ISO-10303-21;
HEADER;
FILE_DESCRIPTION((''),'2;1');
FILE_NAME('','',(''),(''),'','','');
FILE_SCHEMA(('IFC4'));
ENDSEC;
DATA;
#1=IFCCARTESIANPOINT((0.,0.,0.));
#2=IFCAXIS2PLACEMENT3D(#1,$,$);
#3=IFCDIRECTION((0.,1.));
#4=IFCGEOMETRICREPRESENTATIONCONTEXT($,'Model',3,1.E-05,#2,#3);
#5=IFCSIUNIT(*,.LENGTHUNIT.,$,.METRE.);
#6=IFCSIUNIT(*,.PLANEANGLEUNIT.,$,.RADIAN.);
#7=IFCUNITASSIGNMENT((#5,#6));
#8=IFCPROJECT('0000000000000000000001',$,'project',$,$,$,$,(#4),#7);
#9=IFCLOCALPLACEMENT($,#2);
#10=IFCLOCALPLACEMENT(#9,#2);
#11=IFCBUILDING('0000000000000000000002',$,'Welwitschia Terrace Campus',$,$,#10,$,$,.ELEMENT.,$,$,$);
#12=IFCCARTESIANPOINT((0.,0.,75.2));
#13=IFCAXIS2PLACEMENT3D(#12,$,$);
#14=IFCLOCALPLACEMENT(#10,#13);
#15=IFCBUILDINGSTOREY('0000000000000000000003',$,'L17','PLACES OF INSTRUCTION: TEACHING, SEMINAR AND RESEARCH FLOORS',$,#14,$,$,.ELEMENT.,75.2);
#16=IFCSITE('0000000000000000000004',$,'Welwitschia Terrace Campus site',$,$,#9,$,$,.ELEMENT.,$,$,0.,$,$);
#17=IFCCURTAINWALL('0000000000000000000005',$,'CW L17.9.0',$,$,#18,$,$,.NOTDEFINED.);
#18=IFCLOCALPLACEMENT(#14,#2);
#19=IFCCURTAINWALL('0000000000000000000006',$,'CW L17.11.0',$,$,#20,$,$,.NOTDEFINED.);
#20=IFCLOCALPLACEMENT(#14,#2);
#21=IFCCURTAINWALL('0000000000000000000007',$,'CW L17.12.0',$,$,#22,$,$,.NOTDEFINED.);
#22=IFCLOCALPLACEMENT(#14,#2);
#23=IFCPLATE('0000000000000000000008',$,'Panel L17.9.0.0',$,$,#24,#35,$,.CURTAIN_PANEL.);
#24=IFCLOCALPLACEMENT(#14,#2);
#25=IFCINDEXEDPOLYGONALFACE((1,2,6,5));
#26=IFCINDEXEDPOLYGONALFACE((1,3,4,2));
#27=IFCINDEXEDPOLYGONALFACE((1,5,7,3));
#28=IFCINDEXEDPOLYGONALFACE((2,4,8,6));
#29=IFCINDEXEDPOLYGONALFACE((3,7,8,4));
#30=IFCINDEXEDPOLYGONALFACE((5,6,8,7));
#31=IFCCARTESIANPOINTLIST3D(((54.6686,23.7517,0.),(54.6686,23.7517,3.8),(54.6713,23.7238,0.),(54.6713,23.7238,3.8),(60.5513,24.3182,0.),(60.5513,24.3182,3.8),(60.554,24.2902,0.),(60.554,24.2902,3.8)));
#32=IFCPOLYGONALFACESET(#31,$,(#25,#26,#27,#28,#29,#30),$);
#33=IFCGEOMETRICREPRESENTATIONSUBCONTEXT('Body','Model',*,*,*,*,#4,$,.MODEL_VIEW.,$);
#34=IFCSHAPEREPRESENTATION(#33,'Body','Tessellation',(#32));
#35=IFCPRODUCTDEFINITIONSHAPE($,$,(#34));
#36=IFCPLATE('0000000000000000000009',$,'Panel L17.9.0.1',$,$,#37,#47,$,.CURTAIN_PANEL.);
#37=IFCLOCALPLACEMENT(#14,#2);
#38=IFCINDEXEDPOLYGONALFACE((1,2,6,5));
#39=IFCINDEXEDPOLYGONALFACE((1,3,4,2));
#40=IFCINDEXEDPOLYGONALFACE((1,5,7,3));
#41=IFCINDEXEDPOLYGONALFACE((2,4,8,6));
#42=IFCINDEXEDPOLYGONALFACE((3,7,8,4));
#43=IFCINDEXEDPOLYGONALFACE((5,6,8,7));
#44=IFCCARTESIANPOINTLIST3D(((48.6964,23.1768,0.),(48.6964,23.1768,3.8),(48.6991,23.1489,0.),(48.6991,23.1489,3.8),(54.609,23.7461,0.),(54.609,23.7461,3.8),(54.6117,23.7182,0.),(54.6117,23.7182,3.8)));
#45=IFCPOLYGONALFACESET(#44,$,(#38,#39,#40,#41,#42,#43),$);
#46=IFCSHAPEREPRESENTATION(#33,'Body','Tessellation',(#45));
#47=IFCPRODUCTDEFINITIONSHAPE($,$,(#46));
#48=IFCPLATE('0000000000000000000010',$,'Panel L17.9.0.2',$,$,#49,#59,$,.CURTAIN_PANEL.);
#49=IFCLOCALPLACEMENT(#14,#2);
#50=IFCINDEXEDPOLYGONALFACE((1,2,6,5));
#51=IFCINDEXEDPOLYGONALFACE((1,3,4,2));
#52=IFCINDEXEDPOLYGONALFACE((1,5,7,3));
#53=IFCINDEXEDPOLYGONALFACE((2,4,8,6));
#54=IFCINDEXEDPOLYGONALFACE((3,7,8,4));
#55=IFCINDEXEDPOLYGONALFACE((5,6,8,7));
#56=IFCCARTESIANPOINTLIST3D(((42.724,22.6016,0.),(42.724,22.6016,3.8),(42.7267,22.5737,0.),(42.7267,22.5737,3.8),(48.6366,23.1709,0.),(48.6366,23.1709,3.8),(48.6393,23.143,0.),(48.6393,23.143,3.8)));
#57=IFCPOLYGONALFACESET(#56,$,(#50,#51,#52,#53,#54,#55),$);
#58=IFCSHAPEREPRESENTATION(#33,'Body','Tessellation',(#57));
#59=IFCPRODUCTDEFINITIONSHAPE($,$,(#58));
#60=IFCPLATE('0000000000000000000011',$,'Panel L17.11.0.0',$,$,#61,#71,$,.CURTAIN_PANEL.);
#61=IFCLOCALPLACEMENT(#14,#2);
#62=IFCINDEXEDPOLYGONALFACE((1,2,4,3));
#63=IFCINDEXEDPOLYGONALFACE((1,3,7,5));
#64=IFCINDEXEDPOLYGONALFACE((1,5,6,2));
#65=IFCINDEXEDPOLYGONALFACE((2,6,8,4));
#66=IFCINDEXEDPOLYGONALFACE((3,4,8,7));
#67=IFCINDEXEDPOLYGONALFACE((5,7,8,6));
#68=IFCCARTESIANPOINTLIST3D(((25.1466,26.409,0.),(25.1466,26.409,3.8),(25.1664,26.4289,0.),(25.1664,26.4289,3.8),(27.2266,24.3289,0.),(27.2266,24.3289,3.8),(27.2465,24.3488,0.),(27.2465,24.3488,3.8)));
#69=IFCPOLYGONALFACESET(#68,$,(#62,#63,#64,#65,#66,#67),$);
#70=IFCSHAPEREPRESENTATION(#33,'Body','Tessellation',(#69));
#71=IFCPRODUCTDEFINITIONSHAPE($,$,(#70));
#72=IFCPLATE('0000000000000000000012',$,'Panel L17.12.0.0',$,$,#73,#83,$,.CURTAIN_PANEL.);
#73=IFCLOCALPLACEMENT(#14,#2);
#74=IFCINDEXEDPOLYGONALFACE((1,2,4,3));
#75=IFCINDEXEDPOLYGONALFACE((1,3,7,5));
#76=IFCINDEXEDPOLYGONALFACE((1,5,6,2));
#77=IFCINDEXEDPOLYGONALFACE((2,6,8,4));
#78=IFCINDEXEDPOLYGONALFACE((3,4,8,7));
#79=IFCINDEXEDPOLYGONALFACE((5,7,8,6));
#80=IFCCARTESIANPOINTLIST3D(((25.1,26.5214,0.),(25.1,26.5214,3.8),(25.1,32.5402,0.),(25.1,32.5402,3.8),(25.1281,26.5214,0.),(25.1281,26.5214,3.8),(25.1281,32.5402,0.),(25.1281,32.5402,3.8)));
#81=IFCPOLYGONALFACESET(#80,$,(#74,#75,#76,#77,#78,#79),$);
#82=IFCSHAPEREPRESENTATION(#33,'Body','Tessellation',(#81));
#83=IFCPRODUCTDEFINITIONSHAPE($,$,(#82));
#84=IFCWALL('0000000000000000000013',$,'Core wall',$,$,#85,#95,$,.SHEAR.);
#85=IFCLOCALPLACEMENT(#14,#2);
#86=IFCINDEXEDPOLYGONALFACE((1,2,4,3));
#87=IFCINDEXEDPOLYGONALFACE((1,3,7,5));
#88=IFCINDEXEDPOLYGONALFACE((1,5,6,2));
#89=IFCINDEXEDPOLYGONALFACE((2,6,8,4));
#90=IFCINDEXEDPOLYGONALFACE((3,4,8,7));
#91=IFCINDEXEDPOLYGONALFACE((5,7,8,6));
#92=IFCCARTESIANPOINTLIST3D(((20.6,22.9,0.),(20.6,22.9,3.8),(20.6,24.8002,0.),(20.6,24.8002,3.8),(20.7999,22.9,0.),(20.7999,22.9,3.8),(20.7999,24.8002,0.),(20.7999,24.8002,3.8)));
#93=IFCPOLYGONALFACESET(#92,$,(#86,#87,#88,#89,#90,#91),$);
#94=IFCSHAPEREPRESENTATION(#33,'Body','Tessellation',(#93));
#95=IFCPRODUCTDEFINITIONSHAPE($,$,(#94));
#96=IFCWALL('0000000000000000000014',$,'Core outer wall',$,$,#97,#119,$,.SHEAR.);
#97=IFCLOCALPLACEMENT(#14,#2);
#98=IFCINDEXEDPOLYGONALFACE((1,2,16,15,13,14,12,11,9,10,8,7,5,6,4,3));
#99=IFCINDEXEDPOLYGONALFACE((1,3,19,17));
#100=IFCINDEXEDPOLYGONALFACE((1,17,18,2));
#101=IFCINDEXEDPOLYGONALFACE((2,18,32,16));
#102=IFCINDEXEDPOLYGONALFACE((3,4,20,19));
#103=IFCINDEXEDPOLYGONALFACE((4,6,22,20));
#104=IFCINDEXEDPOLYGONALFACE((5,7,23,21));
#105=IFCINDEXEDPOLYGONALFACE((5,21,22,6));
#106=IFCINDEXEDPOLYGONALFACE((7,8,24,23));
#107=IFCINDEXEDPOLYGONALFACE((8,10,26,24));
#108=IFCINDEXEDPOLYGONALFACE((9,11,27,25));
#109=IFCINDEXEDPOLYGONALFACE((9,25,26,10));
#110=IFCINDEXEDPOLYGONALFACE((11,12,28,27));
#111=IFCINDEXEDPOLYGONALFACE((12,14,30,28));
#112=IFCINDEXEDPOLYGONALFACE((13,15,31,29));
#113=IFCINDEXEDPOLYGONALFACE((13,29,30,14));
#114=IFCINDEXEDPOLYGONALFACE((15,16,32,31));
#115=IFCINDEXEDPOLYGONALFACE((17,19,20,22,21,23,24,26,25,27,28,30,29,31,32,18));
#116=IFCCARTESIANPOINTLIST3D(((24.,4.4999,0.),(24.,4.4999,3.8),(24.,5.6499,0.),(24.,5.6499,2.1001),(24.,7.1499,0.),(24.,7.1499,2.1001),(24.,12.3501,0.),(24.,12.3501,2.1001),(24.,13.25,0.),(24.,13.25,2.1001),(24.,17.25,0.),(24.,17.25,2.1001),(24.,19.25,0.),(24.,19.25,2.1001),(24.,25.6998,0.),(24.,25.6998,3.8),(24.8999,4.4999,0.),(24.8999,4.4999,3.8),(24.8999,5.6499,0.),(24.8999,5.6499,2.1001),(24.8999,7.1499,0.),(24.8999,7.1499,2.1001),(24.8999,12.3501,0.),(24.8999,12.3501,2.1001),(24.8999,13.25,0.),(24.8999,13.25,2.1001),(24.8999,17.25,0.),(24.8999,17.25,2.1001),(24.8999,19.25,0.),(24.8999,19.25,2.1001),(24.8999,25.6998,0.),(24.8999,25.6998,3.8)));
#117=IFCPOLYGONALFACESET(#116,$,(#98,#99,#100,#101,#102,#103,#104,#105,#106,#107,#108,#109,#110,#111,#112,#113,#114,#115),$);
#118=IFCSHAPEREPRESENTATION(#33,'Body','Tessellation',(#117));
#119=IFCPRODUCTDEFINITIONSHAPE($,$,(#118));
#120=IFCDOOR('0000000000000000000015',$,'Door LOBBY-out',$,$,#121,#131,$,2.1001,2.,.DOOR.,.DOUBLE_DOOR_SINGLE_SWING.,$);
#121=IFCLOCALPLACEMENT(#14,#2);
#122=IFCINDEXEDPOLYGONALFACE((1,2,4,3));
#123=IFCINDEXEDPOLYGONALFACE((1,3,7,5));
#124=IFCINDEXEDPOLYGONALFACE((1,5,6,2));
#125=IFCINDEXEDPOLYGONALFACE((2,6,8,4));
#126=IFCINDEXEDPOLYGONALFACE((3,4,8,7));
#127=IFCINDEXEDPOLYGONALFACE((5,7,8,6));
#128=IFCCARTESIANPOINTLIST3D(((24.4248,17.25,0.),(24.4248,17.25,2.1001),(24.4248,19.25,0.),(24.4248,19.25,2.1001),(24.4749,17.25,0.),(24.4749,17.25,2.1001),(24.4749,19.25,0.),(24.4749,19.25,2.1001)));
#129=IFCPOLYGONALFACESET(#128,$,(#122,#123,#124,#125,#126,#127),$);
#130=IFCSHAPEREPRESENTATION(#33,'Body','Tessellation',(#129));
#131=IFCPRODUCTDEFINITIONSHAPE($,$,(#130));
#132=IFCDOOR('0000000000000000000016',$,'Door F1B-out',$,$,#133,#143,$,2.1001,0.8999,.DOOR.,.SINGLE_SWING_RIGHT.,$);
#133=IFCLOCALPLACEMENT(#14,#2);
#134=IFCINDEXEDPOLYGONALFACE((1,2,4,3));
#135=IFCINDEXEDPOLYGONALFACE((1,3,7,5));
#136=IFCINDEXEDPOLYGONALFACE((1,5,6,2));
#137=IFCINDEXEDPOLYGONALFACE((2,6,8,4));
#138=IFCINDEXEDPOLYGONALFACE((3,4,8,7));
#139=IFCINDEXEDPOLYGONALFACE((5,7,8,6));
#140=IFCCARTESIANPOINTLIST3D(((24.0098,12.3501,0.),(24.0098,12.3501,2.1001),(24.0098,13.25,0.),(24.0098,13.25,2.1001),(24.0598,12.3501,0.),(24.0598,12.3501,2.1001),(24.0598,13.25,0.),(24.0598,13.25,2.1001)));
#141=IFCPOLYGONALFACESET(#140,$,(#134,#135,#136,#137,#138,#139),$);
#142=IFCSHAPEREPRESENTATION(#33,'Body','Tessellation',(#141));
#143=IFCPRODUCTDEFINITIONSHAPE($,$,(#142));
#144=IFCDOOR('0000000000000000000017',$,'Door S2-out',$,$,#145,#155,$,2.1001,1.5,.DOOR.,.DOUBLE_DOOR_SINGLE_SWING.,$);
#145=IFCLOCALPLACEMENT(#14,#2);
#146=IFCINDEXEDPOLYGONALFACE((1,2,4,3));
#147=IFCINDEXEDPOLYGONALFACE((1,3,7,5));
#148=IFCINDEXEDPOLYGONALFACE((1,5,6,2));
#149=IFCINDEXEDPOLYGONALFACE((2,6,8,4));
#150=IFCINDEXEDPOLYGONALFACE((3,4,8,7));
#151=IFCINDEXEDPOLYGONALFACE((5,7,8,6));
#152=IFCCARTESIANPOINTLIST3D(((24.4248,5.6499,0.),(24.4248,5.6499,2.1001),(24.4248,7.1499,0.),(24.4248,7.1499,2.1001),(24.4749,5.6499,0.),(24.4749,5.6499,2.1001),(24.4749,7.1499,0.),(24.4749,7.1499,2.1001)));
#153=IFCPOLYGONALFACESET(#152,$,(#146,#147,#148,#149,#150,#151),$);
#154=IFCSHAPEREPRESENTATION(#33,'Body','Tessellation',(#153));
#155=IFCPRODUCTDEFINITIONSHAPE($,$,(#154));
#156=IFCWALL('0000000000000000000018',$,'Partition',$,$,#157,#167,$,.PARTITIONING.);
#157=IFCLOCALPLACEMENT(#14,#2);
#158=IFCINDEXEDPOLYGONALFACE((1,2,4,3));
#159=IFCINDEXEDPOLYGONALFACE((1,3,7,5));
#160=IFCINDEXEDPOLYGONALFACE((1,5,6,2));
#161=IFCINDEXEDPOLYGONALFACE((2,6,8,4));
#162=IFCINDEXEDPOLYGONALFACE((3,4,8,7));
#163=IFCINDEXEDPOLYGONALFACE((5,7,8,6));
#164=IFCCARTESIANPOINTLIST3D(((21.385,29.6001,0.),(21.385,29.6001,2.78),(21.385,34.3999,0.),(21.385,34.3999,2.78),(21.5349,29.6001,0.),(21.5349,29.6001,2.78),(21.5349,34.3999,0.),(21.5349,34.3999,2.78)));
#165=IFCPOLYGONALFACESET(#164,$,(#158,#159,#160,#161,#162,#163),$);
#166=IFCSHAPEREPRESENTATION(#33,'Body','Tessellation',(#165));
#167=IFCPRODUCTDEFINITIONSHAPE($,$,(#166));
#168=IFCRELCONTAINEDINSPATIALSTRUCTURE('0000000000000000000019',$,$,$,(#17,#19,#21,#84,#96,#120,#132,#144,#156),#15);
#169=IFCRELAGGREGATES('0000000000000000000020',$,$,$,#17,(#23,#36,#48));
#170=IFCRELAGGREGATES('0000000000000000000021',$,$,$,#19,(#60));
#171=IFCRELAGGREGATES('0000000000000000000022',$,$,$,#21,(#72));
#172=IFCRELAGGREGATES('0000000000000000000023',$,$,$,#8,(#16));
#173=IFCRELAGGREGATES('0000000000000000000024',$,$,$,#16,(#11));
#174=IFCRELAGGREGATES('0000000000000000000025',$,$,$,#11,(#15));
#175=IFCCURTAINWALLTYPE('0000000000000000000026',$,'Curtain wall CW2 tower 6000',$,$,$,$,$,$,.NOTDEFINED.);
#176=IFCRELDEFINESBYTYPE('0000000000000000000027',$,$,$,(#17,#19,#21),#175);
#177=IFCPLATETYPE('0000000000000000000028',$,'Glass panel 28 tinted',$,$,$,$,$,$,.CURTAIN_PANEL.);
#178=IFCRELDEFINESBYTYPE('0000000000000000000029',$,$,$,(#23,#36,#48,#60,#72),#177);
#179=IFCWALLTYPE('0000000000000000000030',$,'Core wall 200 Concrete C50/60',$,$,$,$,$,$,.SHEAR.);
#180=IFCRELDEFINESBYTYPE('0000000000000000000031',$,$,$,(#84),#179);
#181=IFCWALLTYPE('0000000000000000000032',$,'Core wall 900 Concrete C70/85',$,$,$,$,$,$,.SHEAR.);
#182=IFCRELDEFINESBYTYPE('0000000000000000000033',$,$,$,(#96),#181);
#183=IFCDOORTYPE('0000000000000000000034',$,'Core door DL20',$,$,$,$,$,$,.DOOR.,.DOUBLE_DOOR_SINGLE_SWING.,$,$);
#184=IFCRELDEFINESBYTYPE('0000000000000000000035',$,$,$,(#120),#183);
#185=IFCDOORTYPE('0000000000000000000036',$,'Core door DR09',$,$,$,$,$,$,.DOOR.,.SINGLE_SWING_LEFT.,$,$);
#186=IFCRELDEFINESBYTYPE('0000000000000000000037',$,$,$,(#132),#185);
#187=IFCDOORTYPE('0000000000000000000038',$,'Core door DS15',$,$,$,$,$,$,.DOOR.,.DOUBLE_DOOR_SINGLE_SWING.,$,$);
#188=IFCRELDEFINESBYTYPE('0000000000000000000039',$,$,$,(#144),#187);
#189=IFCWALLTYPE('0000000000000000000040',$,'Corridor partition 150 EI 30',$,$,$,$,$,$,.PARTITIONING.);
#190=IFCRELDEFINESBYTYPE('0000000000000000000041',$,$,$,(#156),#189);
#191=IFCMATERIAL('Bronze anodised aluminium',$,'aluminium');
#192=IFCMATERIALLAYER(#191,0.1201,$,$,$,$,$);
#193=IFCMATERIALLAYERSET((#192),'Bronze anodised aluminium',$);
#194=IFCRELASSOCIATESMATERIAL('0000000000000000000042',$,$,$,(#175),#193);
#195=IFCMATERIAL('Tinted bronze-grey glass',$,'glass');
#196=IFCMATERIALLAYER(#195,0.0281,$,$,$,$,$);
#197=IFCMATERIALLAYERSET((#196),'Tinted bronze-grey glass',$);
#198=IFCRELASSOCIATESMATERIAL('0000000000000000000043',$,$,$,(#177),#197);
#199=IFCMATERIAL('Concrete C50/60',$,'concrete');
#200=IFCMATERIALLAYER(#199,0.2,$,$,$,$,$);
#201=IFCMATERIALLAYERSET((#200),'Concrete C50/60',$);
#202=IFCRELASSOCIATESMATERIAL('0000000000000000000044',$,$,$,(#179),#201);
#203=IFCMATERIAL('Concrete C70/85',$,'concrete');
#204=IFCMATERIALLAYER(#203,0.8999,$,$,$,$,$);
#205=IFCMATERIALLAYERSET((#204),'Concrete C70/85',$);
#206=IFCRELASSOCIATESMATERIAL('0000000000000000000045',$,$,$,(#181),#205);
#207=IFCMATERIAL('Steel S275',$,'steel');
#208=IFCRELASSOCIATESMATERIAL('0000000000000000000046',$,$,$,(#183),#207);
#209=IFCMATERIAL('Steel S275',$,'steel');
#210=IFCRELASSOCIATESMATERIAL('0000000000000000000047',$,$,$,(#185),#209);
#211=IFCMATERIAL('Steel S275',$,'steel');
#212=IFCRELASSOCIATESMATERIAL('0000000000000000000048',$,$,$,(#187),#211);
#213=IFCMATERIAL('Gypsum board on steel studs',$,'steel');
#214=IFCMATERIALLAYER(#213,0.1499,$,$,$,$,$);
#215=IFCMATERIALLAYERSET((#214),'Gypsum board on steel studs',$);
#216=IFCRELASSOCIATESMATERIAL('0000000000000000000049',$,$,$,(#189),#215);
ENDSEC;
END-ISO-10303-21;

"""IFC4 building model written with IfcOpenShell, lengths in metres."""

from ifc_helpers import new_model, si_unit, direction, frame, frame_2d, origin, origin_2d, place, context, subcontext, project, spatial, rectangle, extrude, material, layer, layer_set, type_object, element, fill, aggregate, save


model = new_model("IFC4")

# Units and contexts
model_context = context("Model", 3, precision=1e-05, world=origin(), true_north=direction((0.0, 1.0)))
body_context = subcontext(model_context, "Body", "Model", "MODEL_VIEW")
ifc_project = project(units=[si_unit("LENGTHUNIT", "METRE"), si_unit("PLANEANGLEUNIT", "RADIAN")], contexts=[model_context])

# Site, building, storey
site_placement = place(None, origin())
site = spatial("IfcSite", under=ifc_project, at=site_placement, Name="Welwitschia Terrace Campus site", CompositionType="ELEMENT", RefElevation=0.0)
building_placement = place(site_placement, origin())
building = spatial("IfcBuilding", under=site, at=building_placement, Name="Welwitschia Terrace Campus", CompositionType="ELEMENT")
storey_placement = place(building_placement, frame((0.0, 0.0, 75.2)))
storey = spatial("IfcBuildingStorey", under=building, at=storey_placement, Name="L17", Description="PLACES OF INSTRUCTION: TEACHING, SEMINAR AND RESEARCH FLOORS", CompositionType="ELEMENT", Elevation=75.2)

# Shared definitions
ifc_material_1 = material(Name="Bronze anodised aluminium", Category="aluminium")
ifc_layer_1 = layer(ifc_material_1, 0.1201)
ifc_layer_set_1 = layer_set([ifc_layer_1], Name="Bronze anodised aluminium")
curtain_wall_type = type_object("IfcCurtainWallType", Name="Curtain wall CW2 tower 6000", PredefinedType="NOTDEFINED", material=ifc_layer_set_1)

# Curtain wall
curtain_wall_1_placement = place(storey_placement, origin())
curtain_wall_1 = element("IfcCurtainWall", 1, at=curtain_wall_1_placement, inside=storey, type_object=curtain_wall_type, Name="CW L17.9.0", PredefinedType="NOTDEFINED")

# Curtain wall
curtain_wall_2_placement = place(storey_placement, origin())
curtain_wall_2 = element("IfcCurtainWall", 2, at=curtain_wall_2_placement, inside=storey, type_object=curtain_wall_type, Name="CW L17.11.0", PredefinedType="NOTDEFINED")

# Curtain wall
curtain_wall_3_placement = place(storey_placement, origin())
curtain_wall_3 = element("IfcCurtainWall", 3, at=curtain_wall_3_placement, inside=storey, type_object=curtain_wall_type, Name="CW L17.12.0", PredefinedType="NOTDEFINED")

# Plates
ifc_material_2 = material(Name="Tinted bronze-grey glass", Category="glass")
ifc_layer_2 = layer(ifc_material_2, 0.0281)
ifc_layer_set_2 = layer_set([ifc_layer_2], Name="Tinted bronze-grey glass")
plate_type = type_object("IfcPlateType", Name="Glass panel 28 tinted", PredefinedType="CURTAIN_PANEL", material=ifc_layer_set_2)
plate_1_placement = place(storey_placement, frame((57.6113, 24.021, 0.0), z_axis=(0.0, 0.0, 1.0), x_axis=(-0.995396, -0.095846, 0.0)))
plate_1 = element("IfcPlate", 4, at=plate_1_placement, type_object=plate_type, Name="Panel L17.9.0.0", PredefinedType="CURTAIN_PANEL", context=body_context, shape_type="SweptSolid", body=[
    extrude(rectangle(XDim=5.9099, YDim=0.0281, at=origin_2d()), origin(), (0.0, 0.0, 1.0), 3.8),
])
plate_2_placement = place(storey_placement, frame((51.6541, 23.4475, 0.0), z_axis=(0.0, 0.0, 1.0), x_axis=(-0.995396, -0.095846, 0.0)))
plate_2 = element("IfcPlate", 5, at=plate_2_placement, type_object=plate_type, Name="Panel L17.9.0.1", PredefinedType="CURTAIN_PANEL", context=body_context, shape_type="SweptSolid", body=[
    extrude(rectangle(XDim=5.9399, YDim=0.0281, at=origin_2d()), origin(), (0.0, 0.0, 1.0), 3.8),
])
plate_3_placement = place(storey_placement, frame((45.6816, 22.8723, 0.0), z_axis=(0.0, 0.0, 1.0), x_axis=(-0.995396, -0.095846, 0.0)))
plate_3 = element("IfcPlate", 6, at=plate_3_placement, type_object=plate_type, Name="Panel L17.9.0.2", PredefinedType="CURTAIN_PANEL", context=body_context, shape_type="SweptSolid", body=[
    extrude(rectangle(XDim=5.9399, YDim=0.0281, at=origin_2d()), origin(), (0.0, 0.0, 1.0), 3.8),
])
aggregate(curtain_wall_1, [plate_1, plate_2, plate_3])
plate_4_placement = place(storey_placement, frame((26.1965, 25.3789, 0.0), z_axis=(0.0, 0.0, 1.0), x_axis=(-0.707107, 0.707107, 0.0)))
plate_4 = element("IfcPlate", 7, at=plate_4_placement, type_object=plate_type, Name="Panel L17.11.0.0", PredefinedType="CURTAIN_PANEL", context=body_context, shape_type="SweptSolid", body=[
    extrude(rectangle(XDim=2.9417, YDim=0.0281, at=origin_2d()), origin(), (0.0, 0.0, 1.0), 3.8),
])
aggregate(curtain_wall_2, [plate_4])
plate_5_placement = place(storey_placement, frame((25.114, 29.5308, 0.0), z_axis=(0.0, 0.0, 1.0), x_axis=(0.0, 1.0, 0.0)))
plate_5 = element("IfcPlate", 8, at=plate_5_placement, type_object=plate_type, Name="Panel L17.12.0.0", PredefinedType="CURTAIN_PANEL", context=body_context, shape_type="SweptSolid", body=[
    extrude(rectangle(XDim=6.0188, YDim=0.0281, at=origin_2d()), origin(), (0.0, 0.0, 1.0), 3.8),
])
aggregate(curtain_wall_3, [plate_5])

# Wall
ifc_material_3 = material(Name="Concrete C50/60", Category="concrete")
ifc_layer_3 = layer(ifc_material_3, 0.2)
ifc_layer_set_3 = layer_set([ifc_layer_3], Name="Concrete C50/60")
wall_type_1 = type_object("IfcWallType", Name="Core wall 200 Concrete C50/60", PredefinedType="SHEAR", material=ifc_layer_set_3)
wall_1_placement = place(storey_placement, frame((20.7, 22.8999, 0.0), z_axis=(0.0, 0.0, 1.0), x_axis=(0.0, 1.0, 0.0)))
element("IfcWall", 9, at=wall_1_placement, inside=storey, type_object=wall_type_1, Name="Core wall", PredefinedType="SHEAR", context=body_context, shape_type="SweptSolid", body=[
    extrude(rectangle(XDim=1.9001, YDim=0.2, at=frame_2d((0.9502, 0.0))), origin(), (0.0, 0.0, 1.0), 3.8),
])

# Wall, openings, doors
ifc_material_4 = material(Name="Concrete C70/85", Category="concrete")
ifc_layer_4 = layer(ifc_material_4, 0.8999)
ifc_layer_set_4 = layer_set([ifc_layer_4], Name="Concrete C70/85")
wall_type_2 = type_object("IfcWallType", Name="Core wall 900 Concrete C70/85", PredefinedType="SHEAR", material=ifc_layer_set_4)
wall_2_placement = place(storey_placement, frame((24.45, 25.7, 0.0), z_axis=(0.0, 0.0, 1.0), x_axis=(0.0, -1.0, 0.0)))
wall_2 = element("IfcWall", 10, at=wall_2_placement, inside=storey, type_object=wall_type_2, Name="Core outer wall", PredefinedType="SHEAR", context=body_context, shape_type="SweptSolid", body=[
    extrude(rectangle(XDim=21.2, YDim=0.8999, at=frame_2d((10.6001, 0.0))), origin(), (0.0, 0.0, 1.0), 3.8),
])
opening_1_placement = place(wall_2_placement, frame((18.55, 0.0, 0.0)))
opening_1 = element("IfcOpeningElement", 11, at=opening_1_placement, cuts=wall_2, PredefinedType="OPENING", context=body_context, shape_type="SweptSolid", body=[
    extrude(rectangle(XDim=1.5, YDim=2.1001, at=frame_2d((0.75, 1.05))), frame((0.0, 0.46, 0.0), z_axis=(0.0, -1.0, 0.0), x_axis=(1.0, 0.0, 0.0)), (0.0, 0.0, 1.0), 0.9199),
])
opening_2_placement = place(wall_2_placement, frame((12.45, 0.0, 0.0)))
opening_2 = element("IfcOpeningElement", 12, at=opening_2_placement, cuts=wall_2, PredefinedType="OPENING", context=body_context, shape_type="SweptSolid", body=[
    extrude(rectangle(XDim=0.8999, YDim=2.1001, at=frame_2d((0.45, 1.05))), frame((0.0, 0.46, 0.0), z_axis=(0.0, -1.0, 0.0), x_axis=(1.0, 0.0, 0.0)), (0.0, 0.0, 1.0), 0.9199),
])
opening_3_placement = place(wall_2_placement, frame((6.45, 0.0, 0.0)))
opening_3 = element("IfcOpeningElement", 13, at=opening_3_placement, cuts=wall_2, PredefinedType="OPENING", context=body_context, shape_type="SweptSolid", body=[
    extrude(rectangle(XDim=2.0, YDim=2.1001, at=frame_2d((1.0, 1.05))), frame((0.0, 0.46, 0.0), z_axis=(0.0, -1.0, 0.0), x_axis=(1.0, 0.0, 0.0)), (0.0, 0.0, 1.0), 0.9199),
])
ifc_material_5 = material(Name="Steel S275", Category="steel")
door_type_1 = type_object("IfcDoorType", Name="Core door DL20", OperationType="DOUBLE_DOOR_SINGLE_SWING", PredefinedType="DOOR", material=ifc_material_5)
door_1_placement = place(opening_3_placement, origin())
door_1 = element("IfcDoor", 14, at=door_1_placement, inside=storey, type_object=door_type_1, Name="Door LOBBY-out", OperationType="DOUBLE_DOOR_SINGLE_SWING", OverallHeight=2.1001, OverallWidth=2.0, PredefinedType="DOOR", context=body_context, shape_type="SweptSolid", body=[
    extrude(rectangle(XDim=2.0, YDim=2.1001, at=frame_2d((1.0, 1.05))), frame((0.0, 0.0249, 0.0), z_axis=(0.0, -1.0, 0.0), x_axis=(1.0, 0.0, 0.0)), (0.0, 0.0, 1.0), 0.05),
])
fill(opening_3, door_1)
ifc_material_6 = material(Name="Steel S275", Category="steel")
door_type_2 = type_object("IfcDoorType", Name="Core door DR09", OperationType="SINGLE_SWING_LEFT", PredefinedType="DOOR", material=ifc_material_6)
door_2_placement = place(opening_2_placement, origin())
door_2 = element("IfcDoor", 15, at=door_2_placement, inside=storey, type_object=door_type_2, Name="Door F1B-out", OperationType="SINGLE_SWING_RIGHT", OverallHeight=2.1001, OverallWidth=0.8999, PredefinedType="DOOR", context=body_context, shape_type="SweptSolid", body=[
    extrude(rectangle(XDim=0.8999, YDim=2.1001, at=frame_2d((0.45, 1.05))), frame((0.0, -0.3901, 0.0), z_axis=(0.0, -1.0, 0.0), x_axis=(1.0, 0.0, 0.0)), (0.0, 0.0, 1.0), 0.05),
])
fill(opening_2, door_2)
ifc_material_7 = material(Name="Steel S275", Category="steel")
door_type_3 = type_object("IfcDoorType", Name="Core door DS15", OperationType="DOUBLE_DOOR_SINGLE_SWING", PredefinedType="DOOR", material=ifc_material_7)
door_3_placement = place(opening_1_placement, origin())
door_3 = element("IfcDoor", 16, at=door_3_placement, inside=storey, type_object=door_type_3, Name="Door S2-out", OperationType="DOUBLE_DOOR_SINGLE_SWING", OverallHeight=2.1001, OverallWidth=1.5, PredefinedType="DOOR", context=body_context, shape_type="SweptSolid", body=[
    extrude(rectangle(XDim=1.5, YDim=2.1001, at=frame_2d((0.75, 1.05))), frame((0.0, 0.0249, 0.0), z_axis=(0.0, -1.0, 0.0), x_axis=(1.0, 0.0, 0.0)), (0.0, 0.0, 1.0), 0.05),
])
fill(opening_1, door_3)

# Wall
ifc_material_8 = material(Name="Gypsum board on steel studs", Category="steel")
ifc_layer_5 = layer(ifc_material_8, 0.1499)
ifc_layer_set_5 = layer_set([ifc_layer_5], Name="Gypsum board on steel studs")
wall_type_3 = type_object("IfcWallType", Name="Corridor partition 150 EI 30", PredefinedType="PARTITIONING", material=ifc_layer_set_5)
wall_3_placement = place(storey_placement, frame((21.46, 29.6001, 0.0), z_axis=(0.0, 0.0, 1.0), x_axis=(0.0, 1.0, 0.0)))
element("IfcWall", 17, at=wall_3_placement, inside=storey, type_object=wall_type_3, Name="Partition", PredefinedType="PARTITIONING", context=body_context, shape_type="SweptSolid", body=[
    extrude(rectangle(XDim=4.7998, YDim=0.1499, at=frame_2d((2.3999, 0.0))), origin(), (0.0, 0.0, 1.0), 2.78),
])

save(model, "model.ifc")
